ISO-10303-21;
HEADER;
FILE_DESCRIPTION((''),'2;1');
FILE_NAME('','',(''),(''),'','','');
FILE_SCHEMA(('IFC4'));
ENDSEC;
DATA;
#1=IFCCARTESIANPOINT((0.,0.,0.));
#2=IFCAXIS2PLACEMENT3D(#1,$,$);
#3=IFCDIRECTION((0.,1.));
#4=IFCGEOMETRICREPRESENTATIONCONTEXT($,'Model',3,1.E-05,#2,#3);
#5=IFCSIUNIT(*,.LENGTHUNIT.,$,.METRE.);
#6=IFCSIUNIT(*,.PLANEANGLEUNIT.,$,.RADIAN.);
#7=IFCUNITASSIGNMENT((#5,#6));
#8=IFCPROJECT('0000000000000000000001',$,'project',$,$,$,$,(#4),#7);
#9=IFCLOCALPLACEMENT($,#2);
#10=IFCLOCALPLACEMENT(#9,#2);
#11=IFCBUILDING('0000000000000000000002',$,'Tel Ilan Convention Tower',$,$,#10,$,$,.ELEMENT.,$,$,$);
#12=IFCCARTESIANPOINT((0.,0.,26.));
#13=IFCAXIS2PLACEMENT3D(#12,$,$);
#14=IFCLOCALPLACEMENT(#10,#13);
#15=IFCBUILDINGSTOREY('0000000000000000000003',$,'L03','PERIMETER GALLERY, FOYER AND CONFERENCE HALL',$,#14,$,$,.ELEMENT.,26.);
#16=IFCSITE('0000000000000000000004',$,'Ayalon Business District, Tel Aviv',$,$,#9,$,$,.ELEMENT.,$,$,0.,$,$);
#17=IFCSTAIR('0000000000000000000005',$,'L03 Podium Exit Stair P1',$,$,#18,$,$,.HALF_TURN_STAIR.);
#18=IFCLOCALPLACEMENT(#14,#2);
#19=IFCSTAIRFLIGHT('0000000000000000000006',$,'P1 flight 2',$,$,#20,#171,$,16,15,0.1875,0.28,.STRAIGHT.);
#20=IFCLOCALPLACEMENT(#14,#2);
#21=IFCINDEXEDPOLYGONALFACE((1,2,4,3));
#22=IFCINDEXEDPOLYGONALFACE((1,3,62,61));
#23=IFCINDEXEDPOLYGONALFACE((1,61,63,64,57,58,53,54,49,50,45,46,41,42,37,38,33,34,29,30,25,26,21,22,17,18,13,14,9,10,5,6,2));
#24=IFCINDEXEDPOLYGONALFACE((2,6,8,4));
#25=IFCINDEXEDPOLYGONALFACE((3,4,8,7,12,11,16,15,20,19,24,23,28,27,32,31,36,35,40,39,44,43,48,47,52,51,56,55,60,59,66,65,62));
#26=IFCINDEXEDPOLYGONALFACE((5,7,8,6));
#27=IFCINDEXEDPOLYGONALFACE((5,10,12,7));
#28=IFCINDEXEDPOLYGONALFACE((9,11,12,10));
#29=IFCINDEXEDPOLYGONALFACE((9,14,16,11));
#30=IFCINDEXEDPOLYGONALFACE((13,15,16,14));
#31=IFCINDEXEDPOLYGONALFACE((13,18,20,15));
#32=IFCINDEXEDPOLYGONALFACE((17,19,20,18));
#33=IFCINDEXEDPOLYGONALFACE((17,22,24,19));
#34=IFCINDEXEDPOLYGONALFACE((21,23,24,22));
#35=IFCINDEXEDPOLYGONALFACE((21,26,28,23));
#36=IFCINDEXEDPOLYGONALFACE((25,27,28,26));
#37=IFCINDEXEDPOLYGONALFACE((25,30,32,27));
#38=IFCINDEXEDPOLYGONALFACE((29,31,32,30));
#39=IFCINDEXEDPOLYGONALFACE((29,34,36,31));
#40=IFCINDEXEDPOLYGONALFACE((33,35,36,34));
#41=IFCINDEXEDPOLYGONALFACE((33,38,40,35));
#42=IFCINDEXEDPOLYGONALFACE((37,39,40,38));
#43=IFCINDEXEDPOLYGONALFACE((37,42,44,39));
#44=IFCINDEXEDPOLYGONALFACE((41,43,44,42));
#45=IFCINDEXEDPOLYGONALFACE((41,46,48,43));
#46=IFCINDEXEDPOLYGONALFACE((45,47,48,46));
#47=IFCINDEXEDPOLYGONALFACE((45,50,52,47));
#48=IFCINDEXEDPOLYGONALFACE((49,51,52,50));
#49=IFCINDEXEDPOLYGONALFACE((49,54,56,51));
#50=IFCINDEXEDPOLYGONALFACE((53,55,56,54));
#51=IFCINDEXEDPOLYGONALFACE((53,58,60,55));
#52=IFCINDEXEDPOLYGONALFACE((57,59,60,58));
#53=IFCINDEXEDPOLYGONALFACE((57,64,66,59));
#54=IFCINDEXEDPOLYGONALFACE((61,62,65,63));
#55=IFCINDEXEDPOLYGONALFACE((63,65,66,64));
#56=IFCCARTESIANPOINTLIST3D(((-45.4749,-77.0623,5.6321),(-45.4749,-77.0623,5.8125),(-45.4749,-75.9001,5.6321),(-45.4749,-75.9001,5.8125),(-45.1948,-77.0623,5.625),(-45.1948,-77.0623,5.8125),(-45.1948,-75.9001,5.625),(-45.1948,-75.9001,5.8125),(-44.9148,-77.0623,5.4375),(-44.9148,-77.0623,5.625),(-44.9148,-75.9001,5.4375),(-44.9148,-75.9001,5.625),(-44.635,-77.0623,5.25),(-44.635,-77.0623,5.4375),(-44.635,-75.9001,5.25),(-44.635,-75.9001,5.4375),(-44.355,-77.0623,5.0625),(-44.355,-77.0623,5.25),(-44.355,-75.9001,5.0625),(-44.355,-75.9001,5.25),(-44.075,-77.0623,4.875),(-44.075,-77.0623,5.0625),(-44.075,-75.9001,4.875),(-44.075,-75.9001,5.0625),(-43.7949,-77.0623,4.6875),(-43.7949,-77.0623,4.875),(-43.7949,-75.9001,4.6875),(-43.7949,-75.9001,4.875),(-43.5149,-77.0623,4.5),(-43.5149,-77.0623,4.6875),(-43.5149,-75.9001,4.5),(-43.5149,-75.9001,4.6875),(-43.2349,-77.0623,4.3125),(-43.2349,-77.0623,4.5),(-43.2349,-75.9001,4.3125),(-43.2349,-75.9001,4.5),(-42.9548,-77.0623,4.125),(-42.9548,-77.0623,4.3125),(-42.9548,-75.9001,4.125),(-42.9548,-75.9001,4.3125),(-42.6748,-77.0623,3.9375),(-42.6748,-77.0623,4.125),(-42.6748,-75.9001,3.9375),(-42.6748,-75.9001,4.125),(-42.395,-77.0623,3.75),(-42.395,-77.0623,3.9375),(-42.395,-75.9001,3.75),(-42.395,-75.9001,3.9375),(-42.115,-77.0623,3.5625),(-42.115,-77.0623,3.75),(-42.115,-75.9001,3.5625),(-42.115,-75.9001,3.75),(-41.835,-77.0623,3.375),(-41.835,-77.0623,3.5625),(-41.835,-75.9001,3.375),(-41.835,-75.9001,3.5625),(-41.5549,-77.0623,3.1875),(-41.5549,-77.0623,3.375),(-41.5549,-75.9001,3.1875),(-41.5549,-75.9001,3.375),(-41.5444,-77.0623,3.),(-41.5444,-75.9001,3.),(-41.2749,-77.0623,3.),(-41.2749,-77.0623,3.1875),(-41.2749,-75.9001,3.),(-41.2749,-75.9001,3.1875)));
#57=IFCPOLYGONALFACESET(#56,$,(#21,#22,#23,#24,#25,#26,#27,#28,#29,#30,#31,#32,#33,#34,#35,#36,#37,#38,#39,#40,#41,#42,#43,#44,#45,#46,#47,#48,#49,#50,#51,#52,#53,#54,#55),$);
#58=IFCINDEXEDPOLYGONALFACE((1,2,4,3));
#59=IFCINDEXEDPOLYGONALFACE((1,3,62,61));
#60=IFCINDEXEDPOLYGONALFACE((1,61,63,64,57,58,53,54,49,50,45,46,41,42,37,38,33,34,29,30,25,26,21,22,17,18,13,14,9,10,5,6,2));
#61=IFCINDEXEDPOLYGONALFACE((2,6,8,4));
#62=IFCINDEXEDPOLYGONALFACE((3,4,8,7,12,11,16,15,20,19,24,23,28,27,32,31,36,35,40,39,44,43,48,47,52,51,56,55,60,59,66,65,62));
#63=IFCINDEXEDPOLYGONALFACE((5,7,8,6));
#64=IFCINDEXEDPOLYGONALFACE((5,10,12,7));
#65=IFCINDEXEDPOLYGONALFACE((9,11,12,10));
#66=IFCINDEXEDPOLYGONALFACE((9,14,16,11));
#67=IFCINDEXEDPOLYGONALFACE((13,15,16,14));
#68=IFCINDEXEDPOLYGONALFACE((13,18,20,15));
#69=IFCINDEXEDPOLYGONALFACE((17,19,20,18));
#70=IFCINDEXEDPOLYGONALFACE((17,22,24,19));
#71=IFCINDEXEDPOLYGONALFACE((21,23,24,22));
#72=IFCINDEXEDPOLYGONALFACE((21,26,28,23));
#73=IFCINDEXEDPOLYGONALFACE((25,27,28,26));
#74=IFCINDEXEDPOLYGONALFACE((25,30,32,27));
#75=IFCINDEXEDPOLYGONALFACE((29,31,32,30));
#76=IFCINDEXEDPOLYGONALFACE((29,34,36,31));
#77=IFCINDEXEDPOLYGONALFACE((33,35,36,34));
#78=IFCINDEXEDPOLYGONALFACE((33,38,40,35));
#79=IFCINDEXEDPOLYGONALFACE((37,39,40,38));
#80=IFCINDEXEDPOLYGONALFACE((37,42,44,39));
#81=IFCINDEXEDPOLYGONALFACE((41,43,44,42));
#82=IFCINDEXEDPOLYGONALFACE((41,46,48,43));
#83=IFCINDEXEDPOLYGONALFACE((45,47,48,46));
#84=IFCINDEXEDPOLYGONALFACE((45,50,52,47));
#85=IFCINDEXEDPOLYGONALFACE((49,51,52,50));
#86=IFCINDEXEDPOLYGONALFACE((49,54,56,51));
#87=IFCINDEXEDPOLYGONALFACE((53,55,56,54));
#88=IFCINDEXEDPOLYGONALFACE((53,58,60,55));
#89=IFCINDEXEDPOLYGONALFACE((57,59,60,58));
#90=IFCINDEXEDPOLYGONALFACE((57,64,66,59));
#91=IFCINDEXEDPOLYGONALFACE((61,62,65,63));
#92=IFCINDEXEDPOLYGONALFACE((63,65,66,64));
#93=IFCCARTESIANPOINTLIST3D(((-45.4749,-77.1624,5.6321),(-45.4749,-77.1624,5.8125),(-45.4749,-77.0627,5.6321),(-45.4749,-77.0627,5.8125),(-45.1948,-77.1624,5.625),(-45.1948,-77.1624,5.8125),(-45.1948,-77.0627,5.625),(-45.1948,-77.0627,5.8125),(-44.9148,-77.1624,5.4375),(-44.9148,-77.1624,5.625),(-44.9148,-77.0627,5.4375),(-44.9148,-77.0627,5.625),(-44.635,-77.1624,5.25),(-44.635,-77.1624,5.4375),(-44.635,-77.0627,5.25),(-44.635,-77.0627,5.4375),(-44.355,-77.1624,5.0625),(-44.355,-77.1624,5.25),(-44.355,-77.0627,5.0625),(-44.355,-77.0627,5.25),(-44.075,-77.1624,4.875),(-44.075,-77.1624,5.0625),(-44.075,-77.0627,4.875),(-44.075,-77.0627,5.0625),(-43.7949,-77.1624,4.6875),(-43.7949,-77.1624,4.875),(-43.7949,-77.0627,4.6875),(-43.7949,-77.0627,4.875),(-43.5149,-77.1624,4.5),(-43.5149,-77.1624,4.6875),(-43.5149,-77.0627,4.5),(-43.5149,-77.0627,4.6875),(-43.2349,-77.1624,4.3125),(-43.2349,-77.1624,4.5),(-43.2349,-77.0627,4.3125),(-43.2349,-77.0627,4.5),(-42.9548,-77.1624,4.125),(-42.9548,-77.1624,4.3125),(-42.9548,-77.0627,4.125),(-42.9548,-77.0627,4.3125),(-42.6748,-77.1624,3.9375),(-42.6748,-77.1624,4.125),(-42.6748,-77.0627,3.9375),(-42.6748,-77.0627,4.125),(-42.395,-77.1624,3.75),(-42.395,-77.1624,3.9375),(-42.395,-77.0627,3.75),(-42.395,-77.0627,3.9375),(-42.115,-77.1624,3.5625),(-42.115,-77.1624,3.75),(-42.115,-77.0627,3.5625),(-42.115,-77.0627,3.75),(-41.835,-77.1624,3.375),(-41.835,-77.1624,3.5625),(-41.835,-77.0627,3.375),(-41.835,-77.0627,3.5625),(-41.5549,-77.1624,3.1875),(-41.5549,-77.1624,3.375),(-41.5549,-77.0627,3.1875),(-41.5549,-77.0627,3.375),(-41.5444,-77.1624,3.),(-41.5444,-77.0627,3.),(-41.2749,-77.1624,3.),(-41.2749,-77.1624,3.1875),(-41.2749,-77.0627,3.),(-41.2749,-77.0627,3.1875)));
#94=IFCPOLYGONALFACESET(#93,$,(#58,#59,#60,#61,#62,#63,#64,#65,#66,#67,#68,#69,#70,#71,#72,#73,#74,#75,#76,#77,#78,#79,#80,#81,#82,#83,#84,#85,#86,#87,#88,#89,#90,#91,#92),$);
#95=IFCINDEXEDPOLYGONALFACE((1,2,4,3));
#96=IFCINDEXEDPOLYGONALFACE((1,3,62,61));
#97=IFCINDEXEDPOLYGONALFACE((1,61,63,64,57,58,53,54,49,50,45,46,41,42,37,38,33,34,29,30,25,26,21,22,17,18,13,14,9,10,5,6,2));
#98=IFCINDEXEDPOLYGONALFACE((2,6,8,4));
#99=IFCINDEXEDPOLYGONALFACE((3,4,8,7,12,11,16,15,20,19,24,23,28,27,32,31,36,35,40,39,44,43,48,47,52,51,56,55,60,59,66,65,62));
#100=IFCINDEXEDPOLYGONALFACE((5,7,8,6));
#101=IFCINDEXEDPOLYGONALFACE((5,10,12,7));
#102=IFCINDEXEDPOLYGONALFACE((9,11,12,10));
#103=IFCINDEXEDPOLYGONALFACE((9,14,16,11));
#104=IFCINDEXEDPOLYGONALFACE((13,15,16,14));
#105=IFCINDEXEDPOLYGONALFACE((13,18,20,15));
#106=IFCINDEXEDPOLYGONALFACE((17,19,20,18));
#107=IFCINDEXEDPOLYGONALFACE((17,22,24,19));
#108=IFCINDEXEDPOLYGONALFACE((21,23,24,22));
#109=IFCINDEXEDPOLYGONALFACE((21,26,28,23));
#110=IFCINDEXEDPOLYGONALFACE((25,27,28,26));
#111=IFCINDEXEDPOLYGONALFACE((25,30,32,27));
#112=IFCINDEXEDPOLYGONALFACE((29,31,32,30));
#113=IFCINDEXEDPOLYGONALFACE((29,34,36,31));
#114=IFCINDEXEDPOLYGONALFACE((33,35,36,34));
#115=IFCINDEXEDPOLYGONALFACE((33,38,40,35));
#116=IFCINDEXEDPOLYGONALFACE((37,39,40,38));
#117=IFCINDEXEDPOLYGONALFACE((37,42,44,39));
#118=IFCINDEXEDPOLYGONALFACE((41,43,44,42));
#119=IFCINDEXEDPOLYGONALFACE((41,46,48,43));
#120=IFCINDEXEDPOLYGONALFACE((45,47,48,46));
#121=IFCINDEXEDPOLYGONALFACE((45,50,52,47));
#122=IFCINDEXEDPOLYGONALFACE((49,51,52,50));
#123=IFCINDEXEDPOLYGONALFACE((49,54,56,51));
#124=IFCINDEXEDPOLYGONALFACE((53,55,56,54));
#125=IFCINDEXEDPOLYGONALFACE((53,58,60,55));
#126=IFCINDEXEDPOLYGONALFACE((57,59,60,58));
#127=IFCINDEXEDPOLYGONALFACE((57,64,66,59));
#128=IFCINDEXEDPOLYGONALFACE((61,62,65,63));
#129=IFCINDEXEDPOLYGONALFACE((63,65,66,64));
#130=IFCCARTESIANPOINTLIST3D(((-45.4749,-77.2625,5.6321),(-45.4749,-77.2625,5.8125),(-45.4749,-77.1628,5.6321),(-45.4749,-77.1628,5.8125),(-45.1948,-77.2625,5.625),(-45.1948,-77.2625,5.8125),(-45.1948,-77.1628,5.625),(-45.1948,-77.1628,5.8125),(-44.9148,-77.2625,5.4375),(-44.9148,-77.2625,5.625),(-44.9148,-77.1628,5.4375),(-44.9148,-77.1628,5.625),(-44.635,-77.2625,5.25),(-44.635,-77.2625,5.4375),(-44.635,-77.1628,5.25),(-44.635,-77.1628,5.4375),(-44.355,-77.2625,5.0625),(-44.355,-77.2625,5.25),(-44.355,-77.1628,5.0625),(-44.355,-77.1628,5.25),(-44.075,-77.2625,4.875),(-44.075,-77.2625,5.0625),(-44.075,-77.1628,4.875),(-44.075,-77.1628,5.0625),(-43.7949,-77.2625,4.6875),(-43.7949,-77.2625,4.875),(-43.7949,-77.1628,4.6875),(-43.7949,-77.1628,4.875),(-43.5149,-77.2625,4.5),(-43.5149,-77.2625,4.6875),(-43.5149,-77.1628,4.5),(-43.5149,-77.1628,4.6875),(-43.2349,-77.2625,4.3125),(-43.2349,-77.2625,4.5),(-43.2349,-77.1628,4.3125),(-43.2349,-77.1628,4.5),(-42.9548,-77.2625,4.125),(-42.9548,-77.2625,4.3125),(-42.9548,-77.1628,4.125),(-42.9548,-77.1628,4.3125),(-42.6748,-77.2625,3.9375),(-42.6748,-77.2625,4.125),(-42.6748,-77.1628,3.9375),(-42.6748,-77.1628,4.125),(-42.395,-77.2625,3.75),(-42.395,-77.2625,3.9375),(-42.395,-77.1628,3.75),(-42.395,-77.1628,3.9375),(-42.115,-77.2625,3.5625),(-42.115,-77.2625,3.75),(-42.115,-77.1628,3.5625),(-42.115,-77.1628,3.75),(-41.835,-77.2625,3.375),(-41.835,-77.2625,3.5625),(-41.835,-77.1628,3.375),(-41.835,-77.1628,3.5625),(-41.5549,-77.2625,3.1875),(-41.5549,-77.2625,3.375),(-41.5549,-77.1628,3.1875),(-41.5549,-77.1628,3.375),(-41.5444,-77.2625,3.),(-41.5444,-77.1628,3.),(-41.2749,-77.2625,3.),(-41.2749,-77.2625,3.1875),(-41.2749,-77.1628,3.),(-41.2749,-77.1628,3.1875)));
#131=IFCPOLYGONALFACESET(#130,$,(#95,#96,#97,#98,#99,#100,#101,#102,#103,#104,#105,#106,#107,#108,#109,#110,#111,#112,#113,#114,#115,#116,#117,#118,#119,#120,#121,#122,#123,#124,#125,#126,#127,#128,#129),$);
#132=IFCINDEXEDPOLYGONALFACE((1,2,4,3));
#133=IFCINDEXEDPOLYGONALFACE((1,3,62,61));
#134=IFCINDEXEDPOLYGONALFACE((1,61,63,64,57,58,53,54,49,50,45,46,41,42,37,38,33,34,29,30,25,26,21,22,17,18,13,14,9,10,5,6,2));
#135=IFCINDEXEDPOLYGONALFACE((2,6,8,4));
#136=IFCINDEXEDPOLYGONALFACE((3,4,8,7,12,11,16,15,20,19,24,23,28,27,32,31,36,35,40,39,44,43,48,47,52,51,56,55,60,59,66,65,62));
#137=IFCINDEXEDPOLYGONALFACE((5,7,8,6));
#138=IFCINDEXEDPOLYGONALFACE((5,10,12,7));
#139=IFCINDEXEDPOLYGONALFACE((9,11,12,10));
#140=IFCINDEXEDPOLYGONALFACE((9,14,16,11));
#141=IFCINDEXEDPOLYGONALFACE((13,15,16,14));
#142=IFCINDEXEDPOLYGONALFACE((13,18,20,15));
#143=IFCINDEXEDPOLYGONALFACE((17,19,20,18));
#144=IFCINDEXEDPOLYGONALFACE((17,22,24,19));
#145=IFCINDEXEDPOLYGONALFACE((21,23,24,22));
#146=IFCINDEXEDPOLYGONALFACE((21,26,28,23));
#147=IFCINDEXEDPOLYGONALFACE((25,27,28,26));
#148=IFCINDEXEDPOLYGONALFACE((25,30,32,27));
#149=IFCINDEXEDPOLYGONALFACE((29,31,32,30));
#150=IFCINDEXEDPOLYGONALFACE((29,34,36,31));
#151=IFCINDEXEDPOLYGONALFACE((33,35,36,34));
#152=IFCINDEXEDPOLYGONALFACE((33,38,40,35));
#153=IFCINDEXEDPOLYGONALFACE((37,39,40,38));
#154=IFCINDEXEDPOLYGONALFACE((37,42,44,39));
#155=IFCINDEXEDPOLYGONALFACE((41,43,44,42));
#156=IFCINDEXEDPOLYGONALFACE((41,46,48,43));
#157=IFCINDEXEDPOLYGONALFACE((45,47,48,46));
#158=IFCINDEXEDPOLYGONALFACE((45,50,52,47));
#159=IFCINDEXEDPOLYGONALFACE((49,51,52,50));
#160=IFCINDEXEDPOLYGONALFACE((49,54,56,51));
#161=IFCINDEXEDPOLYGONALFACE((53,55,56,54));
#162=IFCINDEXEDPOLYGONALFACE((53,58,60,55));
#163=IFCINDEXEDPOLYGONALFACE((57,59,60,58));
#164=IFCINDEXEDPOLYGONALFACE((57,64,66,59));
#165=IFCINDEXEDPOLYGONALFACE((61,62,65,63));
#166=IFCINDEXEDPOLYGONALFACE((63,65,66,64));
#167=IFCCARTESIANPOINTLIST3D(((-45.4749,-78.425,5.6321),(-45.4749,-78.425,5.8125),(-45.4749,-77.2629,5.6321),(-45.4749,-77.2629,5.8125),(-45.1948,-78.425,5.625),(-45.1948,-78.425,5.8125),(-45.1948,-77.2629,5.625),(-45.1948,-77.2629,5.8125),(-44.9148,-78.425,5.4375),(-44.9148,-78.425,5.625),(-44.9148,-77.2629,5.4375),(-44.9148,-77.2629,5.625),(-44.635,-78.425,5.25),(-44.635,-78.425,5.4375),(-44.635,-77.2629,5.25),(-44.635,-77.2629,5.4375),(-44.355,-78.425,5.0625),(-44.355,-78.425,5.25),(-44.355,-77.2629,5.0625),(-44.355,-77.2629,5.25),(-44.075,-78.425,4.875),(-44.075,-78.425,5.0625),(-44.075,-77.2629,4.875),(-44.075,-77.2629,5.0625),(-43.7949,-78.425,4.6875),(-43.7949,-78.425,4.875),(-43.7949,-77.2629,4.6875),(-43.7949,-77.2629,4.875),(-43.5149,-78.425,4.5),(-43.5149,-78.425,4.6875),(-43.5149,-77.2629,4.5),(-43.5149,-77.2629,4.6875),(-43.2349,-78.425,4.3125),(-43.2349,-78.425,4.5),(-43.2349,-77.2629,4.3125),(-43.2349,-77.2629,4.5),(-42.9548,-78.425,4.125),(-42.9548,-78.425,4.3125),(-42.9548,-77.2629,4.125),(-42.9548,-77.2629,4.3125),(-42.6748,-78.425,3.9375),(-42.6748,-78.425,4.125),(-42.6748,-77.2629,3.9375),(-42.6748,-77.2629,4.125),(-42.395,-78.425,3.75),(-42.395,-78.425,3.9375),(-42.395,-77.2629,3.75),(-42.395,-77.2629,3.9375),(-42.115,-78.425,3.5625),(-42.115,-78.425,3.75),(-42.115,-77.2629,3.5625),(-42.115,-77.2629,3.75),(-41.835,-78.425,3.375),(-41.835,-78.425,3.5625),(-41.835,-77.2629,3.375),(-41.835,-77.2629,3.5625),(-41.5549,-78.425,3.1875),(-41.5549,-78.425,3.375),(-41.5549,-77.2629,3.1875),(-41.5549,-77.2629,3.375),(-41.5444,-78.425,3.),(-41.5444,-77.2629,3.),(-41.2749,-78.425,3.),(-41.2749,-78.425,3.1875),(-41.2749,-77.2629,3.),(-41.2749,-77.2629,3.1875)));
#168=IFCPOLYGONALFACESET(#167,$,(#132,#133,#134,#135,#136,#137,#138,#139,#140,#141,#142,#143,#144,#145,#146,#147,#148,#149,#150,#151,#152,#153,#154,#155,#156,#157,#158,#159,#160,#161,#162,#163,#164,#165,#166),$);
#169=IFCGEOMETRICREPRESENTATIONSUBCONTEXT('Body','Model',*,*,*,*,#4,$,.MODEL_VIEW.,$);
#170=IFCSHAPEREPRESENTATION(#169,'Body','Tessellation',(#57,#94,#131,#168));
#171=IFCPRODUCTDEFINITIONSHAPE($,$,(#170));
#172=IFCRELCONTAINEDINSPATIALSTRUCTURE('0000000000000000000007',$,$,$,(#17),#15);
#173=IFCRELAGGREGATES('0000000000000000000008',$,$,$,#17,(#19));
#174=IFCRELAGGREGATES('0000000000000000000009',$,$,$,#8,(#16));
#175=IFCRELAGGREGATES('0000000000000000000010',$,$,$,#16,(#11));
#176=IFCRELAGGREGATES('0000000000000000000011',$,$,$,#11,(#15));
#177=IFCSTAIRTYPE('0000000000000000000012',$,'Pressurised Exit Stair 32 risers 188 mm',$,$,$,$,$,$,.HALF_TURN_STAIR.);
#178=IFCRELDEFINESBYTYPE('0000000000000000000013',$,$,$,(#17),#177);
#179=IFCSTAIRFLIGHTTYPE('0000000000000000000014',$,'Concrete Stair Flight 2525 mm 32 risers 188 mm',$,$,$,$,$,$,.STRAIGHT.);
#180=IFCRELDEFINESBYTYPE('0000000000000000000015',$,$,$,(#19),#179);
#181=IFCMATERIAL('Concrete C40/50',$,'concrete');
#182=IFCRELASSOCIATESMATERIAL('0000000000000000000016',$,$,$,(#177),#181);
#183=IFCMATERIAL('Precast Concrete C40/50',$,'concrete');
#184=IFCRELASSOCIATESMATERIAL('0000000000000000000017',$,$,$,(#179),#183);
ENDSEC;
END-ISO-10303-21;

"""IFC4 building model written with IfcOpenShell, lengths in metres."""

from ifc_helpers import new_model, si_unit, direction, frame, origin, place, context, subcontext, project, spatial, polyline, outline, extrude, material, type_object, element, aggregate, save


model = new_model("IFC4")

# Units and contexts
model_context = context("Model", 3, precision=1e-05, world=origin(), true_north=direction((0.0, 1.0)))
body_context = subcontext(model_context, "Body", "Model", "MODEL_VIEW")
ifc_project = project(units=[si_unit("LENGTHUNIT", "METRE"), si_unit("PLANEANGLEUNIT", "RADIAN")], contexts=[model_context])

# Site, building, storey
site_placement = place(None, origin())
site = spatial("IfcSite", under=ifc_project, at=site_placement, Name="Ayalon Business District, Tel Aviv", CompositionType="ELEMENT", RefElevation=0.0)
building_placement = place(site_placement, origin())
building = spatial("IfcBuilding", under=site, at=building_placement, Name="Tel Ilan Convention Tower", CompositionType="ELEMENT")
storey_placement = place(building_placement, frame((0.0, 0.0, 26.0)))
storey = spatial("IfcBuildingStorey", under=building, at=storey_placement, Name="L03", Description="PERIMETER GALLERY, FOYER AND CONFERENCE HALL", CompositionType="ELEMENT", Elevation=26.0)

# Stair, stair flight
ifc_material_1 = material(Name="Concrete C40/50", Category="concrete")
stair_type = type_object("IfcStairType", Name="Pressurised Exit Stair 32 risers 188 mm", PredefinedType="HALF_TURN_STAIR", material=ifc_material_1)
stair_placement = place(storey_placement, origin())
stair = element("IfcStair", 1, at=stair_placement, inside=storey, type_object=stair_type, Name="L03 Podium Exit Stair P1", PredefinedType="HALF_TURN_STAIR")
ifc_material_2 = material(Name="Precast Concrete C40/50", Category="concrete")
stair_flight_type = type_object("IfcStairFlightType", Name="Concrete Stair Flight 2525 mm 32 risers 188 mm", PredefinedType="STRAIGHT", material=ifc_material_2)
stair_flight_placement = place(storey_placement, frame((-41.2749, -77.1626, 3.0), z_axis=(0.0, 0.0, 1.0), x_axis=(-1.0, 0.0, 0.0)))
stair_flight = element("IfcStairFlight", 2, at=stair_flight_placement, type_object=stair_flight_type, Name="P1 flight 2", NumberOfRisers=16, NumberOfTreads=15, PredefinedType="STRAIGHT", RiserHeight=0.1875, TreadLength=0.28, context=body_context, shape_type="SweptSolid", body=[
    extrude(outline(polyline([(0.0, 0.0), (0.0, 0.1875), (0.28, 0.1875), (0.28, 0.375), (0.5601, 0.375), (0.5601, 0.5625), (0.8401, 0.5625), (0.8401, 0.75), (1.1201, 0.75), (1.1201, 0.9375), (1.3999, 0.9375), (1.3999, 1.125), (1.6799, 1.125), (1.6799, 1.3125), (1.96, 1.3125), (1.96, 1.5), (2.24, 1.5), (2.24, 1.6875), (2.52, 1.6875), (2.52, 1.875), (2.8, 1.875), (2.8, 2.0625), (3.0801, 2.0625), (3.0801, 2.25), (3.3601, 2.25), (3.3601, 2.4375), (3.6399, 2.4375), (3.6399, 2.625), (3.9199, 2.625), (3.9199, 2.8125), (4.2, 2.8125), (4.2, 3.0), (4.2, 2.6321), (0.2695, 0.0), (0.0, 0.0)])), frame((0.0, -0.1003, 0.0), z_axis=(0.0, -1.0, 0.0), x_axis=(1.0, 0.0, 0.0)), (0.0, 0.0, 1.0), 1.1621),
    extrude(outline(polyline([(0.0, 0.0), (0.0, 0.1875), (0.28, 0.1875), (0.28, 0.375), (0.5601, 0.375), (0.5601, 0.5625), (0.8401, 0.5625), (0.8401, 0.75), (1.1201, 0.75), (1.1201, 0.9375), (1.3999, 0.9375), (1.3999, 1.125), (1.6799, 1.125), (1.6799, 1.3125), (1.96, 1.3125), (1.96, 1.5), (2.24, 1.5), (2.24, 1.6875), (2.52, 1.6875), (2.52, 1.875), (2.8, 1.875), (2.8, 2.0625), (3.0801, 2.0625), (3.0801, 2.25), (3.3601, 2.25), (3.3601, 2.4375), (3.6399, 2.4375), (3.6399, 2.625), (3.9199, 2.625), (3.9199, 2.8125), (4.2, 2.8125), (4.2, 3.0), (4.2, 2.6321), (0.2695, 0.0), (0.0, 0.0)])), frame((0.0, -0.0002, 0.0), z_axis=(0.0, -1.0, 0.0), x_axis=(1.0, 0.0, 0.0)), (0.0, 0.0, 1.0), 0.0996),
    extrude(outline(polyline([(0.0, 0.0), (0.0, 0.1875), (0.28, 0.1875), (0.28, 0.375), (0.5601, 0.375), (0.5601, 0.5625), (0.8401, 0.5625), (0.8401, 0.75), (1.1201, 0.75), (1.1201, 0.9375), (1.3999, 0.9375), (1.3999, 1.125), (1.6799, 1.125), (1.6799, 1.3125), (1.96, 1.3125), (1.96, 1.5), (2.24, 1.5), (2.24, 1.6875), (2.52, 1.6875), (2.52, 1.875), (2.8, 1.875), (2.8, 2.0625), (3.0801, 2.0625), (3.0801, 2.25), (3.3601, 2.25), (3.3601, 2.4375), (3.6399, 2.4375), (3.6399, 2.625), (3.9199, 2.625), (3.9199, 2.8125), (4.2, 2.8125), (4.2, 3.0), (4.2, 2.6321), (0.2695, 0.0), (0.0, 0.0)])), frame((0.0, 0.0999, 0.0), z_axis=(0.0, -1.0, 0.0), x_axis=(1.0, 0.0, 0.0)), (0.0, 0.0, 1.0), 0.0996),
    extrude(outline(polyline([(0.0, 0.0), (0.0, 0.1875), (0.28, 0.1875), (0.28, 0.375), (0.5601, 0.375), (0.5601, 0.5625), (0.8401, 0.5625), (0.8401, 0.75), (1.1201, 0.75), (1.1201, 0.9375), (1.3999, 0.9375), (1.3999, 1.125), (1.6799, 1.125), (1.6799, 1.3125), (1.96, 1.3125), (1.96, 1.5), (2.24, 1.5), (2.24, 1.6875), (2.52, 1.6875), (2.52, 1.875), (2.8, 1.875), (2.8, 2.0625), (3.0801, 2.0625), (3.0801, 2.25), (3.3601, 2.25), (3.3601, 2.4375), (3.6399, 2.4375), (3.6399, 2.625), (3.9199, 2.625), (3.9199, 2.8125), (4.2, 2.8125), (4.2, 3.0), (4.2, 2.6321), (0.2695, 0.0), (0.0, 0.0)])), frame((0.0, 1.2625, 0.0), z_axis=(0.0, -1.0, 0.0), x_axis=(1.0, 0.0, 0.0)), (0.0, 0.0, 1.0), 1.1621),
])
aggregate(stair, [stair_flight])

save(model, "model.ifc")
